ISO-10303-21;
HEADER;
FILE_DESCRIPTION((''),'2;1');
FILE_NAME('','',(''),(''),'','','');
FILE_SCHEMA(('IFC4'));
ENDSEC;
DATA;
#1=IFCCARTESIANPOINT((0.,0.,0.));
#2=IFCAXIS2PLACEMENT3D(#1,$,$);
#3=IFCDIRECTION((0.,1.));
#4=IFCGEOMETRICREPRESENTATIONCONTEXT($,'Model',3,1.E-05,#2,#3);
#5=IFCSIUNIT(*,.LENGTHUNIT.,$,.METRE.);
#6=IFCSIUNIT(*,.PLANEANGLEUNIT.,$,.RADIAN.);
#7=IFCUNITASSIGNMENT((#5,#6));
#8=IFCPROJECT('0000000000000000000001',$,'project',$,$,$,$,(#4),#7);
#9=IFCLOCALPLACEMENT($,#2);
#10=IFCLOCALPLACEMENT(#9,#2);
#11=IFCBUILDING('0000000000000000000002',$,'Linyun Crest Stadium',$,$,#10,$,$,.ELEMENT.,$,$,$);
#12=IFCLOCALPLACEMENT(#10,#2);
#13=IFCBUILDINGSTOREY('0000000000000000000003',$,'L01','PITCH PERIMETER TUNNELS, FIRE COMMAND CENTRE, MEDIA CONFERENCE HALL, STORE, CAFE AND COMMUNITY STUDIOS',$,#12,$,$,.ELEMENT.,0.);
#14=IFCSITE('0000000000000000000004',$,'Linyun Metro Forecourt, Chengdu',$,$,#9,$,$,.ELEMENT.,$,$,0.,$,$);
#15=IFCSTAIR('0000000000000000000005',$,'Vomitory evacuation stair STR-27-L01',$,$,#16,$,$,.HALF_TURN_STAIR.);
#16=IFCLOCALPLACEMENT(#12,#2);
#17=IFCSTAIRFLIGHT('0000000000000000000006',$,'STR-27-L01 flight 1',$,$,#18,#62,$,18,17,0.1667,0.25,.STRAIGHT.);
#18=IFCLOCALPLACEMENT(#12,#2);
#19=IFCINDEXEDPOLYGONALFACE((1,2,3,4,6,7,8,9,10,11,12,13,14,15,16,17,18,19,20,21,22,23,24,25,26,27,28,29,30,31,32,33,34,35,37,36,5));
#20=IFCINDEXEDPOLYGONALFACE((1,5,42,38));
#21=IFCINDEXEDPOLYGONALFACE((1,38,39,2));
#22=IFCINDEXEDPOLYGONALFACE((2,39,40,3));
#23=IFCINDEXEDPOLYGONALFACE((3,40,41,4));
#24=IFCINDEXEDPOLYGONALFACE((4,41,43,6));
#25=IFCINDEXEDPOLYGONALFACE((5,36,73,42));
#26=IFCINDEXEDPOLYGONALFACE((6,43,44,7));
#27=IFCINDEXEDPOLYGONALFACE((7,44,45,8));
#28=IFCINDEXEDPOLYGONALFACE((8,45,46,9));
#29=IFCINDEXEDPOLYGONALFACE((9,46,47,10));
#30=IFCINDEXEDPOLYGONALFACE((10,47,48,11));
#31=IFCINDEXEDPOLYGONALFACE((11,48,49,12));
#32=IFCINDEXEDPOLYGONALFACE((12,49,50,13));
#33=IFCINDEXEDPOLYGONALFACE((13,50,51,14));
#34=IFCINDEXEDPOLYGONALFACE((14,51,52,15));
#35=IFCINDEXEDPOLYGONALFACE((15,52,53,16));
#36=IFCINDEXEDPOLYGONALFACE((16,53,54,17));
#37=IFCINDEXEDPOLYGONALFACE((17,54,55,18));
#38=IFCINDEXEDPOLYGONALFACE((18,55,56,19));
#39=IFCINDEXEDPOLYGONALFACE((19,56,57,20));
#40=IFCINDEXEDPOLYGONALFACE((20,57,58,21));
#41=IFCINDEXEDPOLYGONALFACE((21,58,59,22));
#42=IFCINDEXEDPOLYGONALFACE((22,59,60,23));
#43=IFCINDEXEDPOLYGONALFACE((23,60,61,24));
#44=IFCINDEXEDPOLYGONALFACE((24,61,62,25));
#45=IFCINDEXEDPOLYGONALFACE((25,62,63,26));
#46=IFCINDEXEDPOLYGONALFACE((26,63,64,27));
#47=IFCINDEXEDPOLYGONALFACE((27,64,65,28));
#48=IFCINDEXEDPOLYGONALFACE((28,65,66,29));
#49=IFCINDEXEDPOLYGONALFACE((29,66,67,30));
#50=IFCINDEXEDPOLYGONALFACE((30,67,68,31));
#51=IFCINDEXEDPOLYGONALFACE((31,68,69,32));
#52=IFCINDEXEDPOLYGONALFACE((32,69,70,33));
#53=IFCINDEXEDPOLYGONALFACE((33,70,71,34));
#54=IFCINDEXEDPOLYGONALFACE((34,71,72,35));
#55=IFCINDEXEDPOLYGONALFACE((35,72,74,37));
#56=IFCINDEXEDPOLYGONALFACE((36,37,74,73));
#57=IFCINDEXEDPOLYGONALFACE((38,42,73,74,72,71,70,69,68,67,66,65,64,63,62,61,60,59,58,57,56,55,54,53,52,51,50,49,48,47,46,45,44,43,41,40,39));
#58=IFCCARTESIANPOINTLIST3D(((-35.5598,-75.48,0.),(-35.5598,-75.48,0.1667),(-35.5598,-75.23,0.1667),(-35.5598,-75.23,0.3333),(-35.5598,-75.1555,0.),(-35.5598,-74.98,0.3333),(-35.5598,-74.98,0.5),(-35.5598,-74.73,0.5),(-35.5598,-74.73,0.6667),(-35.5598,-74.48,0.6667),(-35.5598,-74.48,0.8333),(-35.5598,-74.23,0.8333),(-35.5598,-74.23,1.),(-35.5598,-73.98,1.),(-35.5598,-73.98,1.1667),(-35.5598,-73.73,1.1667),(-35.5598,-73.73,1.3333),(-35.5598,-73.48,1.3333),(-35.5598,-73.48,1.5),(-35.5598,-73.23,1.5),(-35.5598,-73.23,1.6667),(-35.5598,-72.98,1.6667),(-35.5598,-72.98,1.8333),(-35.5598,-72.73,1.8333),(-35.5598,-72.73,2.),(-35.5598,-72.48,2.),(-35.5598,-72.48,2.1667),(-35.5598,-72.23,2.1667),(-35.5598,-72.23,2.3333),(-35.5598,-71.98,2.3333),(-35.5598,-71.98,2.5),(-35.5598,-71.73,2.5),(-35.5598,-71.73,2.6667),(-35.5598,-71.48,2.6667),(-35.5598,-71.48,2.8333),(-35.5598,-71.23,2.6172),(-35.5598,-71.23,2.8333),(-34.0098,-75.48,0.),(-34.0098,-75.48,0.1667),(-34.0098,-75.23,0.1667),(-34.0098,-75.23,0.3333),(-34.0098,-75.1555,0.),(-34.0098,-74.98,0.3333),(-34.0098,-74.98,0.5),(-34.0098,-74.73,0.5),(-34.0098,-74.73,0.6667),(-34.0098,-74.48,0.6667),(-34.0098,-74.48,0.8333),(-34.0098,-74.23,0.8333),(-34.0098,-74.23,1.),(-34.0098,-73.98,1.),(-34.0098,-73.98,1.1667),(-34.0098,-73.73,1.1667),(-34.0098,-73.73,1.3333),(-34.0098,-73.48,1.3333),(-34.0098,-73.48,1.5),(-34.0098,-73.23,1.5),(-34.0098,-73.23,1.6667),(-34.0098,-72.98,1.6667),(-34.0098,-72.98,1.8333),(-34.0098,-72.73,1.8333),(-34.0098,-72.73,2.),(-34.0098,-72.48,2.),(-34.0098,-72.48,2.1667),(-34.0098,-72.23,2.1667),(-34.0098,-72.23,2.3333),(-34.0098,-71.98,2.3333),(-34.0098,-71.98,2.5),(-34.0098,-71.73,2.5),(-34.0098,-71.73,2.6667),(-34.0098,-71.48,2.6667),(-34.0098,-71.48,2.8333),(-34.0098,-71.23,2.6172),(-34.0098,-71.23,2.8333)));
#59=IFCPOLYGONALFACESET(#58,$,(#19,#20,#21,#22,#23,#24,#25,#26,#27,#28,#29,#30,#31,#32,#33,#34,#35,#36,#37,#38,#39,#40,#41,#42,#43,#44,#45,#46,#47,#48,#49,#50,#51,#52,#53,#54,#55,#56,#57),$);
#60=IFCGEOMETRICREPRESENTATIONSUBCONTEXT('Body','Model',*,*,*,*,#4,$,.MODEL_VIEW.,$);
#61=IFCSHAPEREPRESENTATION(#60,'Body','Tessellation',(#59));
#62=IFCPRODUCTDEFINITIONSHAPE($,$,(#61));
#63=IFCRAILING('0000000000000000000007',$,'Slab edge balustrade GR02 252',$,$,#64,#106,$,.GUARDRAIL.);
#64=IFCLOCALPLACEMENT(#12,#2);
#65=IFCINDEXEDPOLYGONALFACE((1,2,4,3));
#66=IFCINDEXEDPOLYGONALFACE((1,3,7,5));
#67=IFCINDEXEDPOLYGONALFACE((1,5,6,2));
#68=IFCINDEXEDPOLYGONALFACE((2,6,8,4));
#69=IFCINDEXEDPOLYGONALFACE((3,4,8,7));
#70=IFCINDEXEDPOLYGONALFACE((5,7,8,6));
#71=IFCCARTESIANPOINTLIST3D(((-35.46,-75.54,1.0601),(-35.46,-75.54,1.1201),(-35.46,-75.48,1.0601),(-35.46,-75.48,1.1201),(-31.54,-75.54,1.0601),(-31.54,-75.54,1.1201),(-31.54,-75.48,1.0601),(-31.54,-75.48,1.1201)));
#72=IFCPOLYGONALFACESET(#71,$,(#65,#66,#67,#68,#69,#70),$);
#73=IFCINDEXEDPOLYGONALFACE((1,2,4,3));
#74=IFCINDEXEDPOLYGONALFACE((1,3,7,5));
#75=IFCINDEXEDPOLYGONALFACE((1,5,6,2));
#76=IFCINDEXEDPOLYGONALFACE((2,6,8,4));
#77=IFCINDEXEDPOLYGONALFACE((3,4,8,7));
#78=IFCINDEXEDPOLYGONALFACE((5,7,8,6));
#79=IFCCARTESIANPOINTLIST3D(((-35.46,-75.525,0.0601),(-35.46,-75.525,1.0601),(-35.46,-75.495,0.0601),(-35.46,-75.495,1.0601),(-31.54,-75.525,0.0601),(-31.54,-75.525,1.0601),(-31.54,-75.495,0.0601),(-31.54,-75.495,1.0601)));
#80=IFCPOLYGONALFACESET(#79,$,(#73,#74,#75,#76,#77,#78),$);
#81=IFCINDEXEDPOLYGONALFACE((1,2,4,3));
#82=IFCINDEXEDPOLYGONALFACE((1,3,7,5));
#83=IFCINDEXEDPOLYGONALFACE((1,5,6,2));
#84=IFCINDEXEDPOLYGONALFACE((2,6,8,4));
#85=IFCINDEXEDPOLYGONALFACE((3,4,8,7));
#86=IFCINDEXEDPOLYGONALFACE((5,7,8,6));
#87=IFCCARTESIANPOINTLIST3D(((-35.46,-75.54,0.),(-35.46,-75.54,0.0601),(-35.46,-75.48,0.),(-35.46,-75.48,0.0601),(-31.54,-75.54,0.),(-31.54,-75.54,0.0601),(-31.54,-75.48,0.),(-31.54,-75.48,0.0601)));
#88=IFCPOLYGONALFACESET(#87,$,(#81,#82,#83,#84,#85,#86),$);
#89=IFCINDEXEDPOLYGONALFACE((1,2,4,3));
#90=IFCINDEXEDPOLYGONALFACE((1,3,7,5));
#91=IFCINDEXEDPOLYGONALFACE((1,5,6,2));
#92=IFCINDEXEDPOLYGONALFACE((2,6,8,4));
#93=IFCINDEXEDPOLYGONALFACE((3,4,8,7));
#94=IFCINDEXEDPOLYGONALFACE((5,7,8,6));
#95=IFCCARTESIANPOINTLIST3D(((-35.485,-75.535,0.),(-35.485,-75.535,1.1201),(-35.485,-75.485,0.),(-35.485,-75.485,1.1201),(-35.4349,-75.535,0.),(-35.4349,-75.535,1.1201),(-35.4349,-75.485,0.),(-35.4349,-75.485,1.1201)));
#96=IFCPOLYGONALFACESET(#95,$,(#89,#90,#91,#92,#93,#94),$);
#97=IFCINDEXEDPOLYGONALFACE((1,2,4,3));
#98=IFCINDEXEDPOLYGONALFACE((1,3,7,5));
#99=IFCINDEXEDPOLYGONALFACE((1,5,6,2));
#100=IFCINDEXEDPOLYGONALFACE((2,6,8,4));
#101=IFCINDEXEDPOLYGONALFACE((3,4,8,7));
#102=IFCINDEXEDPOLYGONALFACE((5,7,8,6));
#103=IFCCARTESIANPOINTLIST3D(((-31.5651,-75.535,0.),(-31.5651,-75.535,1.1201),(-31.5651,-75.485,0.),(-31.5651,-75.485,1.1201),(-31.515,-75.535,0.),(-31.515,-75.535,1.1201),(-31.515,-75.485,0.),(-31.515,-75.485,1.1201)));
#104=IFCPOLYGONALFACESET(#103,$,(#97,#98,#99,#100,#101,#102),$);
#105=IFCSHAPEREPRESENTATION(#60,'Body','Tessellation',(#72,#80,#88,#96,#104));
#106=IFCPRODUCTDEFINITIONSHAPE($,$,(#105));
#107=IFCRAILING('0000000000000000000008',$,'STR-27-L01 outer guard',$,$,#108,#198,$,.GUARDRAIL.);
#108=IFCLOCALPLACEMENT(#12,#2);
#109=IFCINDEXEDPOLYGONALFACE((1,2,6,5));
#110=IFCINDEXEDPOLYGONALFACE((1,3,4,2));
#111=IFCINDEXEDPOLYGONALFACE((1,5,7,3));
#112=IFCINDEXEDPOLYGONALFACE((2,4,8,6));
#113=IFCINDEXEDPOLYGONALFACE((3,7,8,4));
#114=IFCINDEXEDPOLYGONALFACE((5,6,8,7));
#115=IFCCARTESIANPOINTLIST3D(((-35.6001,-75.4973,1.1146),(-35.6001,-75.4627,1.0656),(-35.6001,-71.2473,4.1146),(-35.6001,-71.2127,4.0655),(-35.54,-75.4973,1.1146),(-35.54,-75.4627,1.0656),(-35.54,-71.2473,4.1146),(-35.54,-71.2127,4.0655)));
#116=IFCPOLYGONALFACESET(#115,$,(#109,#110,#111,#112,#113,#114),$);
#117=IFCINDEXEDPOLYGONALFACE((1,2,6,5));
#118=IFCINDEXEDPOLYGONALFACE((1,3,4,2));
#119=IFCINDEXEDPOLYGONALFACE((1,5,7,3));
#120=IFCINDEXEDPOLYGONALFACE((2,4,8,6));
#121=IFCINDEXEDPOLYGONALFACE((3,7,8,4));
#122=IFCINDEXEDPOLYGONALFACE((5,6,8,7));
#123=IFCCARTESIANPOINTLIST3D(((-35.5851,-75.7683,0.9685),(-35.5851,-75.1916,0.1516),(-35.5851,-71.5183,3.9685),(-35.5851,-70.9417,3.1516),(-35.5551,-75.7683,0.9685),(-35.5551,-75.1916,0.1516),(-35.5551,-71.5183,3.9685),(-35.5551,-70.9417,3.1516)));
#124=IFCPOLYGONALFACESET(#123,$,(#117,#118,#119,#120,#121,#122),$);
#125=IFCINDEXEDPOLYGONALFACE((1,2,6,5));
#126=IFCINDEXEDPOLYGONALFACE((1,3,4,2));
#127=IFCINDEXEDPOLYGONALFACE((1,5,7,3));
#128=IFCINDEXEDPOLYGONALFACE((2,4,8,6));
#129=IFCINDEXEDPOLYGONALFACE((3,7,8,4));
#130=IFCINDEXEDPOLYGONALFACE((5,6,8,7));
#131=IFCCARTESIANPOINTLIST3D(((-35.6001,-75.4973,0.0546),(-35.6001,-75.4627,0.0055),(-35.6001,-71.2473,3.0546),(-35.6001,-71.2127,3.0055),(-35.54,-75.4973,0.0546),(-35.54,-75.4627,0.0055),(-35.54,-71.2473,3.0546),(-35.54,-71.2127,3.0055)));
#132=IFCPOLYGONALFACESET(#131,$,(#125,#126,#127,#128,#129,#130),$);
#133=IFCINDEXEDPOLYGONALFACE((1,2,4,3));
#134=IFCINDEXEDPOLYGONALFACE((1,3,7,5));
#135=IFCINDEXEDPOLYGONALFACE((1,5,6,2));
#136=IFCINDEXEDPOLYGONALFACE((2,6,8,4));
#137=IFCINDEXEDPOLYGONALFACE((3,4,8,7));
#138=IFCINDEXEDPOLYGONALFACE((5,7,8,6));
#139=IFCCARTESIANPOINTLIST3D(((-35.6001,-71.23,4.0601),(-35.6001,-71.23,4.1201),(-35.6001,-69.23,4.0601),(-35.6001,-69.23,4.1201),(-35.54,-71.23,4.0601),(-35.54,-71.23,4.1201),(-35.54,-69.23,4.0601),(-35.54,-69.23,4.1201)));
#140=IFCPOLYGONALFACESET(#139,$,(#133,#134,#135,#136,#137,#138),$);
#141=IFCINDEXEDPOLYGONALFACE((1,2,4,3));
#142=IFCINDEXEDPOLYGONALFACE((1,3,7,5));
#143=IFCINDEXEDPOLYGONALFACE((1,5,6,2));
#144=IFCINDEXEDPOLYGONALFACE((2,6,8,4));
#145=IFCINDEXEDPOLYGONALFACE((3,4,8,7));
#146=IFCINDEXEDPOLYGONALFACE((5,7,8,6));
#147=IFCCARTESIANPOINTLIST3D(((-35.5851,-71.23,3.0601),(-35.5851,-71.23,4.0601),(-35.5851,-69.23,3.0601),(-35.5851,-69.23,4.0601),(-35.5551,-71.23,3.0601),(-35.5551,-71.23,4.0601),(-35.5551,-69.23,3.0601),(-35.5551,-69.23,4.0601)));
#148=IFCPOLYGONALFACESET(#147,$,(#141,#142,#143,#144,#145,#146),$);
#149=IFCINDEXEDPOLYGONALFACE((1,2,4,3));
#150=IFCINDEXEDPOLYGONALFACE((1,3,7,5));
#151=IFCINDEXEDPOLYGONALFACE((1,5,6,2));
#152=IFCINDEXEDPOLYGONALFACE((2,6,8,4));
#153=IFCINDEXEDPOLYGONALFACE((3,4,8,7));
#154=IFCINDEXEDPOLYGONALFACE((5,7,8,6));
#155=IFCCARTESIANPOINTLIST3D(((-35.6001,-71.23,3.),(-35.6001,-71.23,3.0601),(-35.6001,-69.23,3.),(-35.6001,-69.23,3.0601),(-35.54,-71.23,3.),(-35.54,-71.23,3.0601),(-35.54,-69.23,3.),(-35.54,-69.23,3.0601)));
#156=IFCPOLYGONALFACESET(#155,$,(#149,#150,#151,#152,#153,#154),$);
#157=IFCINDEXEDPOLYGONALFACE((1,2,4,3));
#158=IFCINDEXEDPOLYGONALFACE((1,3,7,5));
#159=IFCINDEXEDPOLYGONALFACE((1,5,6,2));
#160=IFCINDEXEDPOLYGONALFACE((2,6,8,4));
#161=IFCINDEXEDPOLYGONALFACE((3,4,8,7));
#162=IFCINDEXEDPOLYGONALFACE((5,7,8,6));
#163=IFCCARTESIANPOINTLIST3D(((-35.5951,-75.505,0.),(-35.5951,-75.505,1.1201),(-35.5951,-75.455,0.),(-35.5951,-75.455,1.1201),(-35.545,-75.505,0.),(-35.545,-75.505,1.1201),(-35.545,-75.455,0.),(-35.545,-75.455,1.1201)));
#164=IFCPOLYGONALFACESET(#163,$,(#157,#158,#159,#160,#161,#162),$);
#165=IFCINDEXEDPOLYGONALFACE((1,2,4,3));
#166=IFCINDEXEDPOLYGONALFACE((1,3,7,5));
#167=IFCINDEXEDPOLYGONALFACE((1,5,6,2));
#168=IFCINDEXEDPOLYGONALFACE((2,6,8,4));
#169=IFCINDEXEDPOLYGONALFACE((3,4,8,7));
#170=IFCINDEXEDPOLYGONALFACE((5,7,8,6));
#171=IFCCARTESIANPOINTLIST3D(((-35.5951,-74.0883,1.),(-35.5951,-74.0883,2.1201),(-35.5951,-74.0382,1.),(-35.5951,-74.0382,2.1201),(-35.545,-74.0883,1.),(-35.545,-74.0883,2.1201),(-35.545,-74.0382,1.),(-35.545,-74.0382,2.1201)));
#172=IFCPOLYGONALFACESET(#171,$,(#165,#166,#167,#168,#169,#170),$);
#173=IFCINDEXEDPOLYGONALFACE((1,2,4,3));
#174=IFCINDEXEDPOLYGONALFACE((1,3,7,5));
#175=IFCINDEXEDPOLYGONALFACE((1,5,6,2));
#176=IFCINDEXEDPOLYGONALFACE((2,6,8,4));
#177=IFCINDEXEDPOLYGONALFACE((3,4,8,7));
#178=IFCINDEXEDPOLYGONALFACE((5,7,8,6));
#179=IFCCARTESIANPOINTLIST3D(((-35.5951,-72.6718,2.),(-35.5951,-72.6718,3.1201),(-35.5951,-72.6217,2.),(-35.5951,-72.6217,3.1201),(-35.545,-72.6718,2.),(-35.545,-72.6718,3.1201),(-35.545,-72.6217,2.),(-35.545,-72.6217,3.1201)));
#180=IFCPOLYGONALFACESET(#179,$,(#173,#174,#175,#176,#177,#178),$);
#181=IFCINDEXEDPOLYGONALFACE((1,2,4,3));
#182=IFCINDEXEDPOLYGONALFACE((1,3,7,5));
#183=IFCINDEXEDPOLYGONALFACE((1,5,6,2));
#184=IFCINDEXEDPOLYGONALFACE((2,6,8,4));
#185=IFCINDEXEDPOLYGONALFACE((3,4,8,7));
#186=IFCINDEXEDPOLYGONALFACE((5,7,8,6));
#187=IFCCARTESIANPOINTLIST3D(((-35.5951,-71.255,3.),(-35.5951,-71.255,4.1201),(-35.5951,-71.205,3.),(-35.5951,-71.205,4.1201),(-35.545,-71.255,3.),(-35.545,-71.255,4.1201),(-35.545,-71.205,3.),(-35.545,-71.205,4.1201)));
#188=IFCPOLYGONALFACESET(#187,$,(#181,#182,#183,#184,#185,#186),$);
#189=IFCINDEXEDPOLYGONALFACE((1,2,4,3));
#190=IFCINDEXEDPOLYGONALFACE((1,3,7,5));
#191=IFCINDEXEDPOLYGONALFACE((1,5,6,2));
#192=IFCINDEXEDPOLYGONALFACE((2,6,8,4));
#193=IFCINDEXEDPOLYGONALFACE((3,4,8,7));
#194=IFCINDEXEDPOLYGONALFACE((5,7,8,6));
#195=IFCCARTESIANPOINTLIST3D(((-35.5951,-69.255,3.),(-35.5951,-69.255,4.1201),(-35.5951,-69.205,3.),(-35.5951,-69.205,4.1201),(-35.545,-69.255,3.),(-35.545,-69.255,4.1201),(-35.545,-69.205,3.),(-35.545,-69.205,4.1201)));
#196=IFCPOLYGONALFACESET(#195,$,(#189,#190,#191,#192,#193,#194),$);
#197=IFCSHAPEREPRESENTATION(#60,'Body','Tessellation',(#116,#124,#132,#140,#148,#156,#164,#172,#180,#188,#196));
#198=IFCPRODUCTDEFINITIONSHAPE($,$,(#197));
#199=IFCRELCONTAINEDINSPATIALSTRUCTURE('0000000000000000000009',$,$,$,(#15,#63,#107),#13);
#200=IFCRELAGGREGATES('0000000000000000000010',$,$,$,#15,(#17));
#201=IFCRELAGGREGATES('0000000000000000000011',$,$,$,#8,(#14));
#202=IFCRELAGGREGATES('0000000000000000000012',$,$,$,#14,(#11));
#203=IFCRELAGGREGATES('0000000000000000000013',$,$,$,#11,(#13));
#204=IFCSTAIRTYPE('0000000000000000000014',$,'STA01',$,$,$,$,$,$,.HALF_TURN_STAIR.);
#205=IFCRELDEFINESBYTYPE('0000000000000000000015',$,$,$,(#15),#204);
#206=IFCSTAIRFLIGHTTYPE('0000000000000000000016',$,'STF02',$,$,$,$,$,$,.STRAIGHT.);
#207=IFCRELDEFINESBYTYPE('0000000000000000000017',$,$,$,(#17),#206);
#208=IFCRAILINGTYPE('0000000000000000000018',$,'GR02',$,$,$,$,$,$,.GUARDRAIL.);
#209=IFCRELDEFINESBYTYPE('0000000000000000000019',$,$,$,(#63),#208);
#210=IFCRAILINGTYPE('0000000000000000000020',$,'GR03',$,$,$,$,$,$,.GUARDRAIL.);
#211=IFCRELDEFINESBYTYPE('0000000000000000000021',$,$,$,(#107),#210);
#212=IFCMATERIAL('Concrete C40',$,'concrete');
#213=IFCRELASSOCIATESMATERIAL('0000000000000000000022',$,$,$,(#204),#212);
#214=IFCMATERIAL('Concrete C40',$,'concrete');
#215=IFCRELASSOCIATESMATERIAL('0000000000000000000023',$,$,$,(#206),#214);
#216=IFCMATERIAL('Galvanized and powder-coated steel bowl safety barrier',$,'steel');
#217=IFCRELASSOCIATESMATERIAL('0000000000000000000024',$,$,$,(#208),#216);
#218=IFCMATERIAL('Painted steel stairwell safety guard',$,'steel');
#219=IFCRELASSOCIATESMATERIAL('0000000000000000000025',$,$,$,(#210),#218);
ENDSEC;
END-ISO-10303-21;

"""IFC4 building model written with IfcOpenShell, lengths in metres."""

from ifc_helpers import new_model, si_unit, direction, frame, origin, origin_2d, place, context, subcontext, project, spatial, polyline, rectangle, outline, extrude, material, type_object, element, aggregate, save


model = new_model("IFC4")

# Units and contexts
model_context = context("Model", 3, precision=1e-05, world=origin(), true_north=direction((0.0, 1.0)))
body_context = subcontext(model_context, "Body", "Model", "MODEL_VIEW")
ifc_project = project(units=[si_unit("LENGTHUNIT", "METRE"), si_unit("PLANEANGLEUNIT", "RADIAN")], contexts=[model_context])

# Site, building, storey
site_placement = place(None, origin())
site = spatial("IfcSite", under=ifc_project, at=site_placement, Name="Linyun Metro Forecourt, Chengdu", CompositionType="ELEMENT", RefElevation=0.0)
building_placement = place(site_placement, origin())
building = spatial("IfcBuilding", under=site, at=building_placement, Name="Linyun Crest Stadium", CompositionType="ELEMENT")
storey_placement = place(building_placement, origin())
storey = spatial("IfcBuildingStorey", under=building, at=storey_placement, Name="L01", Description="PITCH PERIMETER TUNNELS, FIRE COMMAND CENTRE, MEDIA CONFERENCE HALL, STORE, CAFE AND COMMUNITY STUDIOS", CompositionType="ELEMENT", Elevation=0.0)

# Stair, stair flight
ifc_material_1 = material(Name="Concrete C40", Category="concrete")
stair_type = type_object("IfcStairType", Name="STA01", PredefinedType="HALF_TURN_STAIR", material=ifc_material_1)
stair_placement = place(storey_placement, origin())
stair = element("IfcStair", 1, at=stair_placement, inside=storey, type_object=stair_type, Name="Vomitory evacuation stair STR-27-L01", PredefinedType="HALF_TURN_STAIR")
ifc_material_2 = material(Name="Concrete C40", Category="concrete")
stair_flight_type = type_object("IfcStairFlightType", Name="STF02", PredefinedType="STRAIGHT", material=ifc_material_2)
stair_flight_placement = place(storey_placement, frame((-34.7849, -75.48, 0.0), z_axis=(0.0, 0.0, 1.0), x_axis=(0.0, 1.0, 0.0)))
stair_flight = element("IfcStairFlight", 2, at=stair_flight_placement, type_object=stair_flight_type, Name="STR-27-L01 flight 1", NumberOfRisers=18, NumberOfTreads=17, PredefinedType="STRAIGHT", RiserHeight=0.1667, TreadLength=0.25, context=body_context, shape_type="SweptSolid", body=[
    extrude(outline(polyline([(0.0, 0.0), (0.0, 0.1667), (0.25, 0.1667), (0.25, 0.3333), (0.5, 0.3333), (0.5, 0.5), (0.75, 0.5), (0.75, 0.6667), (1.0, 0.6667), (1.0, 0.8333), (1.25, 0.8333), (1.25, 1.0), (1.5, 1.0), (1.5, 1.1667), (1.75, 1.1667), (1.75, 1.3333), (2.0, 1.3333), (2.0, 1.5), (2.25, 1.5), (2.25, 1.6667), (2.5, 1.6667), (2.5, 1.8333), (2.75, 1.8333), (2.75, 2.0), (3.0, 2.0), (3.0, 2.1667), (3.25, 2.1667), (3.25, 2.3333), (3.5, 2.3333), (3.5, 2.5), (3.75, 2.5), (3.75, 2.6667), (4.0, 2.6667), (4.0, 2.8333), (4.25, 2.8333), (4.25, 3.0), (4.25, 2.6172), (0.3245, 0.0), (0.0, 0.0)])), frame((0.0, 0.7749, 0.0), z_axis=(0.0, -1.0, 0.0), x_axis=(1.0, 0.0, 0.0)), (0.0, 0.0, 1.0), 1.55),
])
aggregate(stair, [stair_flight])

# Railings
ifc_material_3 = material(Name="Galvanized and powder-coated steel bowl safety barrier", Category="steel")
railing_type_1 = type_object("IfcRailingType", Name="GR02", PredefinedType="GUARDRAIL", material=ifc_material_3)
railing_1_placement = place(storey_placement, frame((-35.46, -75.51, 0.0)))
element("IfcRailing", 3, at=railing_1_placement, inside=storey, type_object=railing_type_1, Name="Slab edge balustrade GR02 252", PredefinedType="GUARDRAIL", context=body_context, shape_type="SweptSolid", body=[
    extrude(rectangle(XDim=0.0601, YDim=0.0601, at=origin_2d()), frame((0.0, 0.0, 1.0901), z_axis=(1.0, 0.0, 0.0), x_axis=(0.0, 1.0, 0.0)), (0.0, 0.0, 1.0), 3.9199),
    extrude(rectangle(XDim=0.03, YDim=1.0, at=origin_2d()), frame((0.0, 0.0, 0.5601), z_axis=(1.0, 0.0, 0.0), x_axis=(0.0, 1.0, 0.0)), (0.0, 0.0, 1.0), 3.9199),
    extrude(rectangle(XDim=0.0601, YDim=0.0601, at=origin_2d()), frame((0.0, 0.0, 0.03), z_axis=(1.0, 0.0, 0.0), x_axis=(0.0, 1.0, 0.0)), (0.0, 0.0, 1.0), 3.9199),
    extrude(rectangle(XDim=0.05, YDim=0.05, at=origin_2d()), origin(), (0.0, 0.0, 1.0), 1.1201),
    extrude(rectangle(XDim=0.05, YDim=0.05, at=origin_2d()), frame((3.9199, 0.0, 0.0)), (0.0, 0.0, 1.0), 1.1201),
])
ifc_material_4 = material(Name="Painted steel stairwell safety guard", Category="steel")
railing_type_2 = type_object("IfcRailingType", Name="GR03", PredefinedType="GUARDRAIL", material=ifc_material_4)
railing_2_placement = place(storey_placement, frame((-35.5701, -75.48, 0.0)))
element("IfcRailing", 4, at=railing_2_placement, inside=storey, type_object=railing_type_2, Name="STR-27-L01 outer guard", PredefinedType="GUARDRAIL", context=body_context, shape_type="SweptSolid", body=[
    extrude(rectangle(XDim=0.0601, YDim=0.0601, at=origin_2d()), frame((0.0, 0.0, 1.0901), z_axis=(0.0, 0.816968, 0.576683), x_axis=(-1.0, 0.0, 0.0)), (0.0, 0.0, 1.0), 5.2021),
    extrude(rectangle(XDim=0.03, YDim=1.0, at=origin_2d()), frame((0.0, 0.0, 0.5601), z_axis=(0.0, 0.816968, 0.576683), x_axis=(-1.0, 0.0, 0.0)), (0.0, 0.0, 1.0), 5.2021),
    extrude(rectangle(XDim=0.0601, YDim=0.0601, at=origin_2d()), frame((0.0, 0.0, 0.03), z_axis=(0.0, 0.816968, 0.576683), x_axis=(-1.0, 0.0, 0.0)), (0.0, 0.0, 1.0), 5.2021),
    extrude(rectangle(XDim=0.0601, YDim=0.0601, at=origin_2d()), frame((0.0, 4.25, 4.0901), z_axis=(0.0, 1.0, 0.0), x_axis=(-1.0, 0.0, 0.0)), (0.0, 0.0, 1.0), 2.0),
    extrude(rectangle(XDim=0.03, YDim=1.0, at=origin_2d()), frame((0.0, 4.25, 3.5601), z_axis=(0.0, 1.0, 0.0), x_axis=(-1.0, 0.0, 0.0)), (0.0, 0.0, 1.0), 2.0),
    extrude(rectangle(XDim=0.0601, YDim=0.0601, at=origin_2d()), frame((0.0, 4.25, 3.03), z_axis=(0.0, 1.0, 0.0), x_axis=(-1.0, 0.0, 0.0)), (0.0, 0.0, 1.0), 2.0),
    extrude(rectangle(XDim=0.05, YDim=0.05, at=origin_2d()), origin(), (0.0, 0.0, 1.0), 1.1201),
    extrude(rectangle(XDim=0.05, YDim=0.05, at=origin_2d()), frame((0.0, 1.4167, 1.0)), (0.0, 0.0, 1.0), 1.1201),
    extrude(rectangle(XDim=0.05, YDim=0.05, at=origin_2d()), frame((0.0, 2.8333, 2.0)), (0.0, 0.0, 1.0), 1.1201),
    extrude(rectangle(XDim=0.05, YDim=0.05, at=origin_2d()), frame((0.0, 4.25, 3.0)), (0.0, 0.0, 1.0), 1.1201),
    extrude(rectangle(XDim=0.05, YDim=0.05, at=origin_2d()), frame((0.0, 6.25, 3.0)), (0.0, 0.0, 1.0), 1.1201),
])

save(model, "model.ifc")
